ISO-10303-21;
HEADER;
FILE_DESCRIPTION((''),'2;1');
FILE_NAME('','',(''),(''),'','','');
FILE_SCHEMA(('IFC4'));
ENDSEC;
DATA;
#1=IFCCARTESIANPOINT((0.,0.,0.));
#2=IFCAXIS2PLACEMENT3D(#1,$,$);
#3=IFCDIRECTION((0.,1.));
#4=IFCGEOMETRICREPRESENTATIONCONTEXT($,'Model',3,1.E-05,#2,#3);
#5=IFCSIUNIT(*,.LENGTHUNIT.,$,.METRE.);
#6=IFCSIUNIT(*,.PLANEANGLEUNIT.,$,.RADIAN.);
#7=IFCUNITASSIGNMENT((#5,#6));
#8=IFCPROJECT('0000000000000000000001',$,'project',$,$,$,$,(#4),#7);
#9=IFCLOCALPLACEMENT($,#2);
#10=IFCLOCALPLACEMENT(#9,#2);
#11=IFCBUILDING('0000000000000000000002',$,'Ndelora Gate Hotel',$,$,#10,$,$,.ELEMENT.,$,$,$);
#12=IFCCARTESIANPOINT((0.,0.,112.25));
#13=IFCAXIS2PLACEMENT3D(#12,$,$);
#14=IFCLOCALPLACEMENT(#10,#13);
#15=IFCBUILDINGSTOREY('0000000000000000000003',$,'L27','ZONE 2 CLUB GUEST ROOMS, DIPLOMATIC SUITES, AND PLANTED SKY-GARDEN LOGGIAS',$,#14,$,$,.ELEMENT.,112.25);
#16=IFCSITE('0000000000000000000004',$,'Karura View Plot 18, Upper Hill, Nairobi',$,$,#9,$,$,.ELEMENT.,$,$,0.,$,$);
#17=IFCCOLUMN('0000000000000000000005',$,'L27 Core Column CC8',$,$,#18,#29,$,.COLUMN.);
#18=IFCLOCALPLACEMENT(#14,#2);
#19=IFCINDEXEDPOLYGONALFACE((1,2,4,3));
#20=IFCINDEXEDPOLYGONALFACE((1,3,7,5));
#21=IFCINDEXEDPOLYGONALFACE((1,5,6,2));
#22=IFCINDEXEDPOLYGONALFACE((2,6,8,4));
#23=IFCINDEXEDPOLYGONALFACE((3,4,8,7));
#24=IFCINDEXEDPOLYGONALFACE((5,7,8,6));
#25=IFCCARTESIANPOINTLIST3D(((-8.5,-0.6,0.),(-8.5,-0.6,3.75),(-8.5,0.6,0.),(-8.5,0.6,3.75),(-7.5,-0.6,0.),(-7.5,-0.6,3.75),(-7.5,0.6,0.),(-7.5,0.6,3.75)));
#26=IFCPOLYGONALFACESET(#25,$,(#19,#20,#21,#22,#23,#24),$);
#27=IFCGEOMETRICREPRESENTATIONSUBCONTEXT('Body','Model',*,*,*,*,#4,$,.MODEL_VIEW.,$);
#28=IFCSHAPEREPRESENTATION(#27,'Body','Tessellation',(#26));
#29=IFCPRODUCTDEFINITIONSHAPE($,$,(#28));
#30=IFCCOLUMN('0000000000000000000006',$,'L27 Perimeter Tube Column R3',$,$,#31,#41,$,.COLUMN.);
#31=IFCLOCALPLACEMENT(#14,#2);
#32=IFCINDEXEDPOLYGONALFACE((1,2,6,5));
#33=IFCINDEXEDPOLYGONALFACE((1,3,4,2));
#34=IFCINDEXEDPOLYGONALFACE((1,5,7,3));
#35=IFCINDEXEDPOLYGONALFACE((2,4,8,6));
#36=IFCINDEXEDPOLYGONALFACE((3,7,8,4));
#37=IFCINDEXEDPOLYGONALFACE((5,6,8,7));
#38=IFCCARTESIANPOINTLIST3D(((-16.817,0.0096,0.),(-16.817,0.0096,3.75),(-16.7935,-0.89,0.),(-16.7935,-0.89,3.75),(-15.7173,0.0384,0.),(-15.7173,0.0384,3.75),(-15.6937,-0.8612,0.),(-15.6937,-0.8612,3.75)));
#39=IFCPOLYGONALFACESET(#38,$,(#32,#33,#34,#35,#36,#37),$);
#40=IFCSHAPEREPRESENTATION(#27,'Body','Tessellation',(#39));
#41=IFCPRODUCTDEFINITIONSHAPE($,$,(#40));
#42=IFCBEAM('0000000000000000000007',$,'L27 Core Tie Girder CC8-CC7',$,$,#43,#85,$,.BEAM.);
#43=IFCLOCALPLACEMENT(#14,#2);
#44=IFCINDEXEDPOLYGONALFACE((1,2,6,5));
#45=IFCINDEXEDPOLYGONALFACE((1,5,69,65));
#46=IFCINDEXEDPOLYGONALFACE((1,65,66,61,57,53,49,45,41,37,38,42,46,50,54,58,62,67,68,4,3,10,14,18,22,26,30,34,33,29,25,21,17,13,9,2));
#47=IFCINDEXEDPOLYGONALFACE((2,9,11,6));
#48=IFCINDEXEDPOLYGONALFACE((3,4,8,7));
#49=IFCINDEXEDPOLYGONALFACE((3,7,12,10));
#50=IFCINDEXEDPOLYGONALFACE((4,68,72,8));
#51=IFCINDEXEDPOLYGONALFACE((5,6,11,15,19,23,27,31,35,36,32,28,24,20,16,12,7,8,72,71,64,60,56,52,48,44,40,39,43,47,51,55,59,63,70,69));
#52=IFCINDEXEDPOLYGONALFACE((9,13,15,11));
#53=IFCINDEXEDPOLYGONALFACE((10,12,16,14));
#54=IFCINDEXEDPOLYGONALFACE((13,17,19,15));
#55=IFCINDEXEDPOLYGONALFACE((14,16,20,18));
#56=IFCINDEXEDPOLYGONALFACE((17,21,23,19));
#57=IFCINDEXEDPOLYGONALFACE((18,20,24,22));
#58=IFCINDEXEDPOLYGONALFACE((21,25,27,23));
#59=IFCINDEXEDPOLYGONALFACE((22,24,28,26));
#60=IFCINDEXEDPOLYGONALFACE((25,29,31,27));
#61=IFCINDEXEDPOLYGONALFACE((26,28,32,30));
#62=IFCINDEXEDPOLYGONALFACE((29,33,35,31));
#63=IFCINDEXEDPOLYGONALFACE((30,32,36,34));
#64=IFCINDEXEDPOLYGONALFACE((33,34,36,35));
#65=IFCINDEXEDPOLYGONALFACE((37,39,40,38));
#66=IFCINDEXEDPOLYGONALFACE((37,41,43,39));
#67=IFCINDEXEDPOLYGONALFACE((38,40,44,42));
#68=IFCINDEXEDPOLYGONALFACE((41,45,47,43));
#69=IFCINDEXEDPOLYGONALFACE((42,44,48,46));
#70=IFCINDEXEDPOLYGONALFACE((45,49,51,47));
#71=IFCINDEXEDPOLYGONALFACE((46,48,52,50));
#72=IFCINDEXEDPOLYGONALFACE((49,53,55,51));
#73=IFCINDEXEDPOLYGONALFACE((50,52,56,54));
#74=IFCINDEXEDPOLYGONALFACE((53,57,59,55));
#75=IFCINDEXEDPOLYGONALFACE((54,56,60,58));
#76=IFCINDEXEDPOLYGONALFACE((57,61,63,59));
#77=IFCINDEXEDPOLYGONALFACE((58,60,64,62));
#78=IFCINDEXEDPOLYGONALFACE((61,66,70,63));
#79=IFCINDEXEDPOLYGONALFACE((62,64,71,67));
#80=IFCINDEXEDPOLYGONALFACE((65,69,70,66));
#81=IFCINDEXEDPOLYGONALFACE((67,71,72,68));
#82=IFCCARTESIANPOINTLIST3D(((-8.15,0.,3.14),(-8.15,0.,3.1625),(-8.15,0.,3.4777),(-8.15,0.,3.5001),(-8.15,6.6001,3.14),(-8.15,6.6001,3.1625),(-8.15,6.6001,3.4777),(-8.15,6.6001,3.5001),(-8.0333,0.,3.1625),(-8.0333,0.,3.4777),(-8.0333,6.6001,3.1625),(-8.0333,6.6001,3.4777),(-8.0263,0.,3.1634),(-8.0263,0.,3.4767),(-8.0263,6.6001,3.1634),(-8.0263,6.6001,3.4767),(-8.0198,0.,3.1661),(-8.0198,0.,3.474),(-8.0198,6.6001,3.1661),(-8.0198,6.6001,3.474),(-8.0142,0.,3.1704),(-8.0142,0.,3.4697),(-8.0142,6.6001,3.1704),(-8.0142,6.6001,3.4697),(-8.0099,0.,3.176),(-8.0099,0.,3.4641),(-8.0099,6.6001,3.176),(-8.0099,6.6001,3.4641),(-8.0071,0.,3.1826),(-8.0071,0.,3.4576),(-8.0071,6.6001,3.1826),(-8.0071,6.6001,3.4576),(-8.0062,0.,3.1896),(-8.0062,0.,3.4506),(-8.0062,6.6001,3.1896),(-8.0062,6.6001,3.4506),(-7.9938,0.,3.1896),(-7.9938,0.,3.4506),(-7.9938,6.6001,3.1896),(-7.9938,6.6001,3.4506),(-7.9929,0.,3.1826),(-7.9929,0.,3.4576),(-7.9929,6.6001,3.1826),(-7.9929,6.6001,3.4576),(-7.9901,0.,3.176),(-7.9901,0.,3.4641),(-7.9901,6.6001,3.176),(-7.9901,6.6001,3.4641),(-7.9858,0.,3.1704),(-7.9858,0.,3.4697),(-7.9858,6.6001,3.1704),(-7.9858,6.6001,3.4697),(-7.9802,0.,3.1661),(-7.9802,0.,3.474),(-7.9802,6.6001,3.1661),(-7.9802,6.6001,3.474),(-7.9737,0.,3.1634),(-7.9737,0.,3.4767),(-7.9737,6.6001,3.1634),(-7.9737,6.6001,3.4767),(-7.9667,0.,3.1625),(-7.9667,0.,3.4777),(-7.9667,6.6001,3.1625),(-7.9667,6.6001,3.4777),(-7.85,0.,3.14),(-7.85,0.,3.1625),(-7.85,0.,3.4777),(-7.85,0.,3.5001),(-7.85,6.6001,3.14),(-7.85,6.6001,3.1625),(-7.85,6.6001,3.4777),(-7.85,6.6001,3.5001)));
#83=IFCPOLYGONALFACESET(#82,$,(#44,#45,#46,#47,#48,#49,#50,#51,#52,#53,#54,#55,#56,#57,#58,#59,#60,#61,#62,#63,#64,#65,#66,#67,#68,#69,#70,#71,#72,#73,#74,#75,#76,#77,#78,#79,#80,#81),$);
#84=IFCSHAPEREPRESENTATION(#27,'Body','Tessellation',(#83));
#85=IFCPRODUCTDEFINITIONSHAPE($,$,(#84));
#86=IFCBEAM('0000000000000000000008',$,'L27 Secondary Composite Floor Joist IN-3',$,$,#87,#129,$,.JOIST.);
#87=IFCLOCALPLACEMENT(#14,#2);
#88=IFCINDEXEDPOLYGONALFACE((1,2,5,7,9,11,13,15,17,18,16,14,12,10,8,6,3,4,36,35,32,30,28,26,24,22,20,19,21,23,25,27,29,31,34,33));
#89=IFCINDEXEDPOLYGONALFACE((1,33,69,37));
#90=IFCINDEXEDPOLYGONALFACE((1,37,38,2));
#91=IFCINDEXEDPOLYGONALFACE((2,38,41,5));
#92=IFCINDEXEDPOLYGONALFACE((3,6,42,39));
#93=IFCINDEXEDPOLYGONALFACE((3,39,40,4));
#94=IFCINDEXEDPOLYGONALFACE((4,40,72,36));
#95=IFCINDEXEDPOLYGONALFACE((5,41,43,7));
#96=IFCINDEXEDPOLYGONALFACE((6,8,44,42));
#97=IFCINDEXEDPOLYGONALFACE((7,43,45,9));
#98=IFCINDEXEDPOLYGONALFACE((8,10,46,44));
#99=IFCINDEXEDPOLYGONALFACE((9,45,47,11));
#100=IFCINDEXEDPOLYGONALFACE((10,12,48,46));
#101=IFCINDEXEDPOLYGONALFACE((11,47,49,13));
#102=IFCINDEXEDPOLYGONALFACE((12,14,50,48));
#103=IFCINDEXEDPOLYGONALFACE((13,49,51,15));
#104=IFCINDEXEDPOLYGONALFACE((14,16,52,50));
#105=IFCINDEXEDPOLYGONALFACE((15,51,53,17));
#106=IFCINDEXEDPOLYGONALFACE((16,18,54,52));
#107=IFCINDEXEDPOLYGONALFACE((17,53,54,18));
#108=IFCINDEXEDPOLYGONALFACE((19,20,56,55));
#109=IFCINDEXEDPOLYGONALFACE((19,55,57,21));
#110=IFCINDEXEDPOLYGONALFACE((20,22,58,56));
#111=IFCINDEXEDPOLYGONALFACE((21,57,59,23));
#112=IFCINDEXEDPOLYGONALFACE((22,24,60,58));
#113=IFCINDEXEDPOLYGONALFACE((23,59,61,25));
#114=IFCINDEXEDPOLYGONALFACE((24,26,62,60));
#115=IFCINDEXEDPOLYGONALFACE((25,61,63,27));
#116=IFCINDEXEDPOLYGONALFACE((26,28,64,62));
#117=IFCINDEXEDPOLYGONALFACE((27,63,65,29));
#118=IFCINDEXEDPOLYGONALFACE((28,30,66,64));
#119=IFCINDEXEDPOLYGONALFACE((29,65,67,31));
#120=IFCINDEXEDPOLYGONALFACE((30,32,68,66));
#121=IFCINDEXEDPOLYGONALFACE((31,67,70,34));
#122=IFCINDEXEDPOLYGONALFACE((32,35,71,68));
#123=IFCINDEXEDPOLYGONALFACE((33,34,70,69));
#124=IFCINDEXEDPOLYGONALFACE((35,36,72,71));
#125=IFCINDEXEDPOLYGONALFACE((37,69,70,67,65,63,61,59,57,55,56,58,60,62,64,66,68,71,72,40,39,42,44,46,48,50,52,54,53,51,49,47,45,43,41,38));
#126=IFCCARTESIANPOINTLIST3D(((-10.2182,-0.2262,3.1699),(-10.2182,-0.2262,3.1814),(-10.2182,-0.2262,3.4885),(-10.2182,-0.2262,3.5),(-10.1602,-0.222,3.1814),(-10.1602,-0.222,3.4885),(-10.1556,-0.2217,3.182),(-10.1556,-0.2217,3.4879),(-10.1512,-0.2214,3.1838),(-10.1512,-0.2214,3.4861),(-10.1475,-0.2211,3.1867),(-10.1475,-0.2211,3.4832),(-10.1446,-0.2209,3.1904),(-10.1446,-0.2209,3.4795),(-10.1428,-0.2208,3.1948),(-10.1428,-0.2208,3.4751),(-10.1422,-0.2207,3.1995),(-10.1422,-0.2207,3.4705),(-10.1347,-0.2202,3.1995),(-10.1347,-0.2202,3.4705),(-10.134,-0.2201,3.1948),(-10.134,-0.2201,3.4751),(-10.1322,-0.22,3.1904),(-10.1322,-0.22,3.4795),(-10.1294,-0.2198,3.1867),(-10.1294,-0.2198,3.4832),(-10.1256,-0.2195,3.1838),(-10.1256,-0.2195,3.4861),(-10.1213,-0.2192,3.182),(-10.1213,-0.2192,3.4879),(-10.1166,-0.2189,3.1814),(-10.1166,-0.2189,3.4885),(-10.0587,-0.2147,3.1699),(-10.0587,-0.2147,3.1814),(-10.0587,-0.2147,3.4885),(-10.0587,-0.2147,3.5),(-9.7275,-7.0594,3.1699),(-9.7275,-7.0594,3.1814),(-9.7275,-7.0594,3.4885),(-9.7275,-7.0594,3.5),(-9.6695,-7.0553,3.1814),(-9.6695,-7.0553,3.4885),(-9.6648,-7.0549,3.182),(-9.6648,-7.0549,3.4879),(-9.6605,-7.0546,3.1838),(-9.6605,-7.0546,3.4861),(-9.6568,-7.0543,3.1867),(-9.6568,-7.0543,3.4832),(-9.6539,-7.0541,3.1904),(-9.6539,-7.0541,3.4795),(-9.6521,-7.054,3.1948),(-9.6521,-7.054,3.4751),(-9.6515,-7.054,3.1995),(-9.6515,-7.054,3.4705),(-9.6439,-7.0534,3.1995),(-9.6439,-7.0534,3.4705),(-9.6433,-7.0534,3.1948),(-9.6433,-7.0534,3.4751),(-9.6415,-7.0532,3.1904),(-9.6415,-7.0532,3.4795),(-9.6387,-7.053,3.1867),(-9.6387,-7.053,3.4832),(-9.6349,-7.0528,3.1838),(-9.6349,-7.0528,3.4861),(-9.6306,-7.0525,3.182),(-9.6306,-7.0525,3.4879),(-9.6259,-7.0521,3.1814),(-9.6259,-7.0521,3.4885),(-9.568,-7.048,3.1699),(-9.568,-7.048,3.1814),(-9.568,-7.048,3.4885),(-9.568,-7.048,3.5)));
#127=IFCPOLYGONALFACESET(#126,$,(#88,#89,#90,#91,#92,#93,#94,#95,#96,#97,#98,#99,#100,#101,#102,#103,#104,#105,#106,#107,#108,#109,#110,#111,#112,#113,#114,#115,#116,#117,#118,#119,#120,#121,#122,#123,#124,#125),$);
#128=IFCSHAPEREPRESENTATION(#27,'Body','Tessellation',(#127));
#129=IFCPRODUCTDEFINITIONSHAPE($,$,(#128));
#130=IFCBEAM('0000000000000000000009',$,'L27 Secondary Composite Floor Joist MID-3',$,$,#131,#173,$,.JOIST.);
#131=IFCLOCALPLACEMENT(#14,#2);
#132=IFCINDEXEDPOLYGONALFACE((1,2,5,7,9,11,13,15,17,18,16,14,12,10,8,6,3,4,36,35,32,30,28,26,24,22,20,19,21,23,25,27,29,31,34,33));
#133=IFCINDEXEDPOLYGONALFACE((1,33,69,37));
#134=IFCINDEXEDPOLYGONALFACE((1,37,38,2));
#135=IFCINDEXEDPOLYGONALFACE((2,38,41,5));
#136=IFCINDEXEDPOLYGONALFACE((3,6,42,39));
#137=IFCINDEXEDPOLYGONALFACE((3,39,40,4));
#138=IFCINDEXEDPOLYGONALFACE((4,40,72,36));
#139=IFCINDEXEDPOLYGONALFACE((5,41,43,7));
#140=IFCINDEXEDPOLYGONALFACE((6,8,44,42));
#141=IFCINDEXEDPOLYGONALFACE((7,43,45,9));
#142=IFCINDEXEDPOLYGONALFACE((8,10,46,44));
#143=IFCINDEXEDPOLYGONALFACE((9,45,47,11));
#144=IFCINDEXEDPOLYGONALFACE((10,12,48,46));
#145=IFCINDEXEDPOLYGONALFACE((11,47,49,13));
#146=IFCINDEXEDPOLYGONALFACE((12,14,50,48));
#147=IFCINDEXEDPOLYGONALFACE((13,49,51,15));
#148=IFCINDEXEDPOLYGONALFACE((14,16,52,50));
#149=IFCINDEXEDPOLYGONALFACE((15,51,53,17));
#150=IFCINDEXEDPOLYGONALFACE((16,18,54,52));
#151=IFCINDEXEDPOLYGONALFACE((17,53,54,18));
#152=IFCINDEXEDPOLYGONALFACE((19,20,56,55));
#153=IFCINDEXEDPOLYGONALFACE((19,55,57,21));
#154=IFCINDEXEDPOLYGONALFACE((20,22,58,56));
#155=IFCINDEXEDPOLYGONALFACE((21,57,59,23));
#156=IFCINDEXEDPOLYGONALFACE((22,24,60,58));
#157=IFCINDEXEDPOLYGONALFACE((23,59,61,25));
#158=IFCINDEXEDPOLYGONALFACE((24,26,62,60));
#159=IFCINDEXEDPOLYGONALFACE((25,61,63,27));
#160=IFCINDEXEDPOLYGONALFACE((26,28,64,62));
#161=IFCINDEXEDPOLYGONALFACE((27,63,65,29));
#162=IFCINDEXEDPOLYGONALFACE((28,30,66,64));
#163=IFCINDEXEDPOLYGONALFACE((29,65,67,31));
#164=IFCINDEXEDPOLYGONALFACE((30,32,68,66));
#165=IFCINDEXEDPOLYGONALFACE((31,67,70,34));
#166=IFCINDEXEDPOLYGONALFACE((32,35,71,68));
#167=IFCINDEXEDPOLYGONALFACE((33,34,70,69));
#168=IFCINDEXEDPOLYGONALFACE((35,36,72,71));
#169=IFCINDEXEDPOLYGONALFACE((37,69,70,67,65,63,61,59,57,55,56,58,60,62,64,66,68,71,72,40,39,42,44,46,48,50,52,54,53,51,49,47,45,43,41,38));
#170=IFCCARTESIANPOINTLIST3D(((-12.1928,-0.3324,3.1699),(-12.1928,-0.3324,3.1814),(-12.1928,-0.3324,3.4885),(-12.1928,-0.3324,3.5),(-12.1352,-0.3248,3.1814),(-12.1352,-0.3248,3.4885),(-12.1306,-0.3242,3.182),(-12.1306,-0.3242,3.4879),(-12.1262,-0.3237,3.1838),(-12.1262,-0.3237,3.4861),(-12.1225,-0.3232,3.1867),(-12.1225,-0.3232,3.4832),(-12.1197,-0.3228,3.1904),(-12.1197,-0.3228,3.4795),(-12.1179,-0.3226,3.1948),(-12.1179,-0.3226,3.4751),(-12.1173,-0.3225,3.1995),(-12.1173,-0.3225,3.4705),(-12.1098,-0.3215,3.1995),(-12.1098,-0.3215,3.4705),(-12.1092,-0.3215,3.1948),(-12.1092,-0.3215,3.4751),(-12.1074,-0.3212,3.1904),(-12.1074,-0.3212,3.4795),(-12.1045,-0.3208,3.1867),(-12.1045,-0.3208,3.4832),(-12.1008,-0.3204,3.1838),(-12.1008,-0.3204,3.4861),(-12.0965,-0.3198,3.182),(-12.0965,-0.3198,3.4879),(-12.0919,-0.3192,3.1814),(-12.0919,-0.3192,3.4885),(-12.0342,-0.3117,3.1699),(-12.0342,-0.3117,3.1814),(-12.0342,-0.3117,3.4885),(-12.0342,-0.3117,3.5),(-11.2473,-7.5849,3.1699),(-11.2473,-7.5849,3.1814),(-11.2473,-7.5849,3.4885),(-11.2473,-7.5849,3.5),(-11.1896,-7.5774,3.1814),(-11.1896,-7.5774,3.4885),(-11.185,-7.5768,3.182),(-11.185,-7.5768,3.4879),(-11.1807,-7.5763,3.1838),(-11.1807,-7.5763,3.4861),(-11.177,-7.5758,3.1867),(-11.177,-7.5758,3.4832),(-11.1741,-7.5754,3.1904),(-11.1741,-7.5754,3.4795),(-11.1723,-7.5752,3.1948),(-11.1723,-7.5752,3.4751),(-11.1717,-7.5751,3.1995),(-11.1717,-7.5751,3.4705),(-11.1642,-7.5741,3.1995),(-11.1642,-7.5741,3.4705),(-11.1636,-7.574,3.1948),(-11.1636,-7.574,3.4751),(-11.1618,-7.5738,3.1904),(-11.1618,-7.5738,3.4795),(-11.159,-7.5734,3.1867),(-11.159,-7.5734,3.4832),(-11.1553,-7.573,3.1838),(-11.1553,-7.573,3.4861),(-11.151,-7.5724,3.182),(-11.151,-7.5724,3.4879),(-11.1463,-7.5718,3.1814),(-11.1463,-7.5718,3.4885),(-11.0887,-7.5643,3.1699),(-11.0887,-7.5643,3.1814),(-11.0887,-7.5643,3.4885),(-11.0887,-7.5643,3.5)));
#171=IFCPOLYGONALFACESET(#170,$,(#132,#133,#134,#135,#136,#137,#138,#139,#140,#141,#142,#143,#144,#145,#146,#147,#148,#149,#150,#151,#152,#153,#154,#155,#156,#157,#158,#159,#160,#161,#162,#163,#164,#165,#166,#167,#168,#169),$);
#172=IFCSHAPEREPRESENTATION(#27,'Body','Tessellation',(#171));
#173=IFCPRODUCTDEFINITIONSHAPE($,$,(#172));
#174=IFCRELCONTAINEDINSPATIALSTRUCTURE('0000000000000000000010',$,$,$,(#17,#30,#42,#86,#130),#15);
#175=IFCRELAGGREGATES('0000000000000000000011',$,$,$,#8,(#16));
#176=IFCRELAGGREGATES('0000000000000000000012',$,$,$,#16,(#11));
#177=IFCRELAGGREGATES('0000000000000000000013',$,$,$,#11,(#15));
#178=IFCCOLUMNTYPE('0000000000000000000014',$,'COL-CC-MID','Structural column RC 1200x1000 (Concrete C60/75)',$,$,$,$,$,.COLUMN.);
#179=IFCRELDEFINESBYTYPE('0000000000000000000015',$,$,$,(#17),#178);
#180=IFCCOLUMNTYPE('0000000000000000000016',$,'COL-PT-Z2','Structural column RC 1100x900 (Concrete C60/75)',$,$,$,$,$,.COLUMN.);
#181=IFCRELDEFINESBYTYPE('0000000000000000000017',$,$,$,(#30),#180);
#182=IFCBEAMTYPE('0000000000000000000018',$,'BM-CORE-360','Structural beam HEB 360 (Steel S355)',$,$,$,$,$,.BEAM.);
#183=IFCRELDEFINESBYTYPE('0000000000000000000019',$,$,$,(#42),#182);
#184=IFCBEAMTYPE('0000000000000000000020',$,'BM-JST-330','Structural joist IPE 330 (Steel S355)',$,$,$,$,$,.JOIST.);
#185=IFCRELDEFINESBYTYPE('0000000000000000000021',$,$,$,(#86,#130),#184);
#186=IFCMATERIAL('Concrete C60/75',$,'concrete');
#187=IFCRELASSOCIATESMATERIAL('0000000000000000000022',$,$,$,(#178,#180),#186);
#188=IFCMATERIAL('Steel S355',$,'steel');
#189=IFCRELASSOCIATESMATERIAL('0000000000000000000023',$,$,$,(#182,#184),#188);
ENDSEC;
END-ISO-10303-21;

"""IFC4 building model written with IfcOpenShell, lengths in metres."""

from ifc_helpers import new_model, si_unit, direction, frame, origin, origin_2d, place, context, subcontext, project, spatial, rectangle, i_section, extrude, material, material_profile, profile_set, type_object, element, save


model = new_model("IFC4")

# Units and contexts
model_context = context("Model", 3, precision=1e-05, world=origin(), true_north=direction((0.0, 1.0)))
body_context = subcontext(model_context, "Body", "Model", "MODEL_VIEW")
ifc_project = project(units=[si_unit("LENGTHUNIT", "METRE"), si_unit("PLANEANGLEUNIT", "RADIAN")], contexts=[model_context])

# Site, building, storey
site_placement = place(None, origin())
site = spatial("IfcSite", under=ifc_project, at=site_placement, Name="Karura View Plot 18, Upper Hill, Nairobi", CompositionType="ELEMENT", RefElevation=0.0)
building_placement = place(site_placement, origin())
building = spatial("IfcBuilding", under=site, at=building_placement, Name="Ndelora Gate Hotel", CompositionType="ELEMENT")
storey_placement = place(building_placement, frame((0.0, 0.0, 112.25)))
storey = spatial("IfcBuildingStorey", under=building, at=storey_placement, Name="L27", Description="ZONE 2 CLUB GUEST ROOMS, DIPLOMATIC SUITES, AND PLANTED SKY-GARDEN LOGGIAS", CompositionType="ELEMENT", Elevation=112.25)

# Columns
ifc_material_1 = material(Name="Concrete C60/75", Category="concrete")
ifc_material_profile_1 = material_profile(ifc_material_1, rectangle(XDim=1.0, YDim=1.2, at=origin_2d()), Name="RC 1200x1000")
ifc_profile_set_1 = profile_set([ifc_material_profile_1], Name="Concrete C60/75")
column_type_1 = type_object("IfcColumnType", Name="COL-CC-MID", Description="Structural column RC 1200x1000 (Concrete C60/75)", PredefinedType="COLUMN", material=ifc_profile_set_1)
column_1_placement = place(storey_placement, frame((-8.0, 0.0, 0.0), z_axis=(0.0, 0.0, 1.0), x_axis=(1.0, 0.0, 0.0)))
element("IfcColumn", 1, at=column_1_placement, inside=storey, type_object=column_type_1, Name="L27 Core Column CC8", PredefinedType="COLUMN", context=body_context, shape_type="SweptSolid", body=[
    extrude(rectangle(XDim=1.0, YDim=1.2, at=origin_2d()), origin(), (0.0, 0.0, 1.0), 3.75),
])
ifc_material_profile_2 = material_profile(ifc_material_1, rectangle(XDim=0.8999, YDim=1.1001, at=origin_2d()), Name="RC 1100x900")
ifc_profile_set_2 = profile_set([ifc_material_profile_2], Name="Concrete C60/75")
column_type_2 = type_object("IfcColumnType", Name="COL-PT-Z2", Description="Structural column RC 1100x900 (Concrete C60/75)", PredefinedType="COLUMN", material=ifc_profile_set_2)
column_2_placement = place(storey_placement, frame((-16.2554, -0.4258, 0.0), z_axis=(0.0, 0.0, 1.0), x_axis=(-0.026177, 0.999657, 0.0)))
element("IfcColumn", 2, at=column_2_placement, inside=storey, type_object=column_type_2, Name="L27 Perimeter Tube Column R3", PredefinedType="COLUMN", context=body_context, shape_type="SweptSolid", body=[
    extrude(rectangle(XDim=0.8999, YDim=1.1001, at=origin_2d()), origin(), (0.0, 0.0, 1.0), 3.75),
])

# Beams
ifc_material_2 = material(Name="Steel S355", Category="steel")
ifc_material_profile_3 = material_profile(ifc_material_2, i_section(OverallWidth=0.3, OverallDepth=0.3601, WebThickness=0.0125, FlangeThickness=0.0225, FilletRadius=0.0271, at=origin_2d()), Name="HEB 360")
ifc_profile_set_3 = profile_set([ifc_material_profile_3], Name="Steel S355")
beam_type_1 = type_object("IfcBeamType", Name="BM-CORE-360", Description="Structural beam HEB 360 (Steel S355)", PredefinedType="BEAM", material=ifc_profile_set_3)
beam_1_placement = place(storey_placement, frame((-8.0, 0.0, 3.3201), z_axis=(0.0, 1.0, 0.0), x_axis=(-1.0, 0.0, 0.0)))
element("IfcBeam", 3, at=beam_1_placement, inside=storey, type_object=beam_type_1, Name="L27 Core Tie Girder CC8-CC7", PredefinedType="BEAM", context=body_context, shape_type="SweptSolid", body=[
    extrude(i_section(OverallWidth=0.3, OverallDepth=0.3601, WebThickness=0.0125, FlangeThickness=0.0225, FilletRadius=0.0271, at=origin_2d()), origin(), (0.0, 0.0, 1.0), 6.6001),
])
ifc_material_profile_4 = material_profile(ifc_material_2, i_section(OverallWidth=0.1599, OverallDepth=0.3301, WebThickness=0.0076, FlangeThickness=0.0115, FilletRadius=0.0181, at=origin_2d()), Name="IPE 330")
ifc_profile_set_4 = profile_set([ifc_material_profile_4], Name="Steel S355")
beam_type_2 = type_object("IfcBeamType", Name="BM-JST-330", Description="Structural joist IPE 330 (Steel S355)", PredefinedType="JOIST", material=ifc_profile_set_4)
beam_2_placement = place(storey_placement, frame((-10.1384, -0.2205, 3.335), z_axis=(0.071629, -0.997431, 0.0), x_axis=(0.997431, 0.071629, 0.0)))
element("IfcBeam", 4, at=beam_2_placement, inside=storey, type_object=beam_type_2, Name="L27 Secondary Composite Floor Joist IN-3", PredefinedType="JOIST", context=body_context, shape_type="SweptSolid", body=[
    extrude(i_section(OverallWidth=0.1599, OverallDepth=0.3301, WebThickness=0.0076, FlangeThickness=0.0115, FilletRadius=0.0181, at=origin_2d()), origin(), (0.0, 0.0, 1.0), 6.8508),
])
beam_3_placement = place(storey_placement, frame((-12.1135, -0.322, 3.335), z_axis=(0.129279, -0.991608, 0.0), x_axis=(0.991608, 0.129279, 0.0)))
element("IfcBeam", 5, at=beam_3_placement, inside=storey, type_object=beam_type_2, Name="L27 Secondary Composite Floor Joist MID-3", PredefinedType="JOIST", context=body_context, shape_type="SweptSolid", body=[
    extrude(i_section(OverallWidth=0.1599, OverallDepth=0.3301, WebThickness=0.0076, FlangeThickness=0.0115, FilletRadius=0.0181, at=origin_2d()), origin(), (0.0, 0.0, 1.0), 7.314),
])

save(model, "model.ifc")
